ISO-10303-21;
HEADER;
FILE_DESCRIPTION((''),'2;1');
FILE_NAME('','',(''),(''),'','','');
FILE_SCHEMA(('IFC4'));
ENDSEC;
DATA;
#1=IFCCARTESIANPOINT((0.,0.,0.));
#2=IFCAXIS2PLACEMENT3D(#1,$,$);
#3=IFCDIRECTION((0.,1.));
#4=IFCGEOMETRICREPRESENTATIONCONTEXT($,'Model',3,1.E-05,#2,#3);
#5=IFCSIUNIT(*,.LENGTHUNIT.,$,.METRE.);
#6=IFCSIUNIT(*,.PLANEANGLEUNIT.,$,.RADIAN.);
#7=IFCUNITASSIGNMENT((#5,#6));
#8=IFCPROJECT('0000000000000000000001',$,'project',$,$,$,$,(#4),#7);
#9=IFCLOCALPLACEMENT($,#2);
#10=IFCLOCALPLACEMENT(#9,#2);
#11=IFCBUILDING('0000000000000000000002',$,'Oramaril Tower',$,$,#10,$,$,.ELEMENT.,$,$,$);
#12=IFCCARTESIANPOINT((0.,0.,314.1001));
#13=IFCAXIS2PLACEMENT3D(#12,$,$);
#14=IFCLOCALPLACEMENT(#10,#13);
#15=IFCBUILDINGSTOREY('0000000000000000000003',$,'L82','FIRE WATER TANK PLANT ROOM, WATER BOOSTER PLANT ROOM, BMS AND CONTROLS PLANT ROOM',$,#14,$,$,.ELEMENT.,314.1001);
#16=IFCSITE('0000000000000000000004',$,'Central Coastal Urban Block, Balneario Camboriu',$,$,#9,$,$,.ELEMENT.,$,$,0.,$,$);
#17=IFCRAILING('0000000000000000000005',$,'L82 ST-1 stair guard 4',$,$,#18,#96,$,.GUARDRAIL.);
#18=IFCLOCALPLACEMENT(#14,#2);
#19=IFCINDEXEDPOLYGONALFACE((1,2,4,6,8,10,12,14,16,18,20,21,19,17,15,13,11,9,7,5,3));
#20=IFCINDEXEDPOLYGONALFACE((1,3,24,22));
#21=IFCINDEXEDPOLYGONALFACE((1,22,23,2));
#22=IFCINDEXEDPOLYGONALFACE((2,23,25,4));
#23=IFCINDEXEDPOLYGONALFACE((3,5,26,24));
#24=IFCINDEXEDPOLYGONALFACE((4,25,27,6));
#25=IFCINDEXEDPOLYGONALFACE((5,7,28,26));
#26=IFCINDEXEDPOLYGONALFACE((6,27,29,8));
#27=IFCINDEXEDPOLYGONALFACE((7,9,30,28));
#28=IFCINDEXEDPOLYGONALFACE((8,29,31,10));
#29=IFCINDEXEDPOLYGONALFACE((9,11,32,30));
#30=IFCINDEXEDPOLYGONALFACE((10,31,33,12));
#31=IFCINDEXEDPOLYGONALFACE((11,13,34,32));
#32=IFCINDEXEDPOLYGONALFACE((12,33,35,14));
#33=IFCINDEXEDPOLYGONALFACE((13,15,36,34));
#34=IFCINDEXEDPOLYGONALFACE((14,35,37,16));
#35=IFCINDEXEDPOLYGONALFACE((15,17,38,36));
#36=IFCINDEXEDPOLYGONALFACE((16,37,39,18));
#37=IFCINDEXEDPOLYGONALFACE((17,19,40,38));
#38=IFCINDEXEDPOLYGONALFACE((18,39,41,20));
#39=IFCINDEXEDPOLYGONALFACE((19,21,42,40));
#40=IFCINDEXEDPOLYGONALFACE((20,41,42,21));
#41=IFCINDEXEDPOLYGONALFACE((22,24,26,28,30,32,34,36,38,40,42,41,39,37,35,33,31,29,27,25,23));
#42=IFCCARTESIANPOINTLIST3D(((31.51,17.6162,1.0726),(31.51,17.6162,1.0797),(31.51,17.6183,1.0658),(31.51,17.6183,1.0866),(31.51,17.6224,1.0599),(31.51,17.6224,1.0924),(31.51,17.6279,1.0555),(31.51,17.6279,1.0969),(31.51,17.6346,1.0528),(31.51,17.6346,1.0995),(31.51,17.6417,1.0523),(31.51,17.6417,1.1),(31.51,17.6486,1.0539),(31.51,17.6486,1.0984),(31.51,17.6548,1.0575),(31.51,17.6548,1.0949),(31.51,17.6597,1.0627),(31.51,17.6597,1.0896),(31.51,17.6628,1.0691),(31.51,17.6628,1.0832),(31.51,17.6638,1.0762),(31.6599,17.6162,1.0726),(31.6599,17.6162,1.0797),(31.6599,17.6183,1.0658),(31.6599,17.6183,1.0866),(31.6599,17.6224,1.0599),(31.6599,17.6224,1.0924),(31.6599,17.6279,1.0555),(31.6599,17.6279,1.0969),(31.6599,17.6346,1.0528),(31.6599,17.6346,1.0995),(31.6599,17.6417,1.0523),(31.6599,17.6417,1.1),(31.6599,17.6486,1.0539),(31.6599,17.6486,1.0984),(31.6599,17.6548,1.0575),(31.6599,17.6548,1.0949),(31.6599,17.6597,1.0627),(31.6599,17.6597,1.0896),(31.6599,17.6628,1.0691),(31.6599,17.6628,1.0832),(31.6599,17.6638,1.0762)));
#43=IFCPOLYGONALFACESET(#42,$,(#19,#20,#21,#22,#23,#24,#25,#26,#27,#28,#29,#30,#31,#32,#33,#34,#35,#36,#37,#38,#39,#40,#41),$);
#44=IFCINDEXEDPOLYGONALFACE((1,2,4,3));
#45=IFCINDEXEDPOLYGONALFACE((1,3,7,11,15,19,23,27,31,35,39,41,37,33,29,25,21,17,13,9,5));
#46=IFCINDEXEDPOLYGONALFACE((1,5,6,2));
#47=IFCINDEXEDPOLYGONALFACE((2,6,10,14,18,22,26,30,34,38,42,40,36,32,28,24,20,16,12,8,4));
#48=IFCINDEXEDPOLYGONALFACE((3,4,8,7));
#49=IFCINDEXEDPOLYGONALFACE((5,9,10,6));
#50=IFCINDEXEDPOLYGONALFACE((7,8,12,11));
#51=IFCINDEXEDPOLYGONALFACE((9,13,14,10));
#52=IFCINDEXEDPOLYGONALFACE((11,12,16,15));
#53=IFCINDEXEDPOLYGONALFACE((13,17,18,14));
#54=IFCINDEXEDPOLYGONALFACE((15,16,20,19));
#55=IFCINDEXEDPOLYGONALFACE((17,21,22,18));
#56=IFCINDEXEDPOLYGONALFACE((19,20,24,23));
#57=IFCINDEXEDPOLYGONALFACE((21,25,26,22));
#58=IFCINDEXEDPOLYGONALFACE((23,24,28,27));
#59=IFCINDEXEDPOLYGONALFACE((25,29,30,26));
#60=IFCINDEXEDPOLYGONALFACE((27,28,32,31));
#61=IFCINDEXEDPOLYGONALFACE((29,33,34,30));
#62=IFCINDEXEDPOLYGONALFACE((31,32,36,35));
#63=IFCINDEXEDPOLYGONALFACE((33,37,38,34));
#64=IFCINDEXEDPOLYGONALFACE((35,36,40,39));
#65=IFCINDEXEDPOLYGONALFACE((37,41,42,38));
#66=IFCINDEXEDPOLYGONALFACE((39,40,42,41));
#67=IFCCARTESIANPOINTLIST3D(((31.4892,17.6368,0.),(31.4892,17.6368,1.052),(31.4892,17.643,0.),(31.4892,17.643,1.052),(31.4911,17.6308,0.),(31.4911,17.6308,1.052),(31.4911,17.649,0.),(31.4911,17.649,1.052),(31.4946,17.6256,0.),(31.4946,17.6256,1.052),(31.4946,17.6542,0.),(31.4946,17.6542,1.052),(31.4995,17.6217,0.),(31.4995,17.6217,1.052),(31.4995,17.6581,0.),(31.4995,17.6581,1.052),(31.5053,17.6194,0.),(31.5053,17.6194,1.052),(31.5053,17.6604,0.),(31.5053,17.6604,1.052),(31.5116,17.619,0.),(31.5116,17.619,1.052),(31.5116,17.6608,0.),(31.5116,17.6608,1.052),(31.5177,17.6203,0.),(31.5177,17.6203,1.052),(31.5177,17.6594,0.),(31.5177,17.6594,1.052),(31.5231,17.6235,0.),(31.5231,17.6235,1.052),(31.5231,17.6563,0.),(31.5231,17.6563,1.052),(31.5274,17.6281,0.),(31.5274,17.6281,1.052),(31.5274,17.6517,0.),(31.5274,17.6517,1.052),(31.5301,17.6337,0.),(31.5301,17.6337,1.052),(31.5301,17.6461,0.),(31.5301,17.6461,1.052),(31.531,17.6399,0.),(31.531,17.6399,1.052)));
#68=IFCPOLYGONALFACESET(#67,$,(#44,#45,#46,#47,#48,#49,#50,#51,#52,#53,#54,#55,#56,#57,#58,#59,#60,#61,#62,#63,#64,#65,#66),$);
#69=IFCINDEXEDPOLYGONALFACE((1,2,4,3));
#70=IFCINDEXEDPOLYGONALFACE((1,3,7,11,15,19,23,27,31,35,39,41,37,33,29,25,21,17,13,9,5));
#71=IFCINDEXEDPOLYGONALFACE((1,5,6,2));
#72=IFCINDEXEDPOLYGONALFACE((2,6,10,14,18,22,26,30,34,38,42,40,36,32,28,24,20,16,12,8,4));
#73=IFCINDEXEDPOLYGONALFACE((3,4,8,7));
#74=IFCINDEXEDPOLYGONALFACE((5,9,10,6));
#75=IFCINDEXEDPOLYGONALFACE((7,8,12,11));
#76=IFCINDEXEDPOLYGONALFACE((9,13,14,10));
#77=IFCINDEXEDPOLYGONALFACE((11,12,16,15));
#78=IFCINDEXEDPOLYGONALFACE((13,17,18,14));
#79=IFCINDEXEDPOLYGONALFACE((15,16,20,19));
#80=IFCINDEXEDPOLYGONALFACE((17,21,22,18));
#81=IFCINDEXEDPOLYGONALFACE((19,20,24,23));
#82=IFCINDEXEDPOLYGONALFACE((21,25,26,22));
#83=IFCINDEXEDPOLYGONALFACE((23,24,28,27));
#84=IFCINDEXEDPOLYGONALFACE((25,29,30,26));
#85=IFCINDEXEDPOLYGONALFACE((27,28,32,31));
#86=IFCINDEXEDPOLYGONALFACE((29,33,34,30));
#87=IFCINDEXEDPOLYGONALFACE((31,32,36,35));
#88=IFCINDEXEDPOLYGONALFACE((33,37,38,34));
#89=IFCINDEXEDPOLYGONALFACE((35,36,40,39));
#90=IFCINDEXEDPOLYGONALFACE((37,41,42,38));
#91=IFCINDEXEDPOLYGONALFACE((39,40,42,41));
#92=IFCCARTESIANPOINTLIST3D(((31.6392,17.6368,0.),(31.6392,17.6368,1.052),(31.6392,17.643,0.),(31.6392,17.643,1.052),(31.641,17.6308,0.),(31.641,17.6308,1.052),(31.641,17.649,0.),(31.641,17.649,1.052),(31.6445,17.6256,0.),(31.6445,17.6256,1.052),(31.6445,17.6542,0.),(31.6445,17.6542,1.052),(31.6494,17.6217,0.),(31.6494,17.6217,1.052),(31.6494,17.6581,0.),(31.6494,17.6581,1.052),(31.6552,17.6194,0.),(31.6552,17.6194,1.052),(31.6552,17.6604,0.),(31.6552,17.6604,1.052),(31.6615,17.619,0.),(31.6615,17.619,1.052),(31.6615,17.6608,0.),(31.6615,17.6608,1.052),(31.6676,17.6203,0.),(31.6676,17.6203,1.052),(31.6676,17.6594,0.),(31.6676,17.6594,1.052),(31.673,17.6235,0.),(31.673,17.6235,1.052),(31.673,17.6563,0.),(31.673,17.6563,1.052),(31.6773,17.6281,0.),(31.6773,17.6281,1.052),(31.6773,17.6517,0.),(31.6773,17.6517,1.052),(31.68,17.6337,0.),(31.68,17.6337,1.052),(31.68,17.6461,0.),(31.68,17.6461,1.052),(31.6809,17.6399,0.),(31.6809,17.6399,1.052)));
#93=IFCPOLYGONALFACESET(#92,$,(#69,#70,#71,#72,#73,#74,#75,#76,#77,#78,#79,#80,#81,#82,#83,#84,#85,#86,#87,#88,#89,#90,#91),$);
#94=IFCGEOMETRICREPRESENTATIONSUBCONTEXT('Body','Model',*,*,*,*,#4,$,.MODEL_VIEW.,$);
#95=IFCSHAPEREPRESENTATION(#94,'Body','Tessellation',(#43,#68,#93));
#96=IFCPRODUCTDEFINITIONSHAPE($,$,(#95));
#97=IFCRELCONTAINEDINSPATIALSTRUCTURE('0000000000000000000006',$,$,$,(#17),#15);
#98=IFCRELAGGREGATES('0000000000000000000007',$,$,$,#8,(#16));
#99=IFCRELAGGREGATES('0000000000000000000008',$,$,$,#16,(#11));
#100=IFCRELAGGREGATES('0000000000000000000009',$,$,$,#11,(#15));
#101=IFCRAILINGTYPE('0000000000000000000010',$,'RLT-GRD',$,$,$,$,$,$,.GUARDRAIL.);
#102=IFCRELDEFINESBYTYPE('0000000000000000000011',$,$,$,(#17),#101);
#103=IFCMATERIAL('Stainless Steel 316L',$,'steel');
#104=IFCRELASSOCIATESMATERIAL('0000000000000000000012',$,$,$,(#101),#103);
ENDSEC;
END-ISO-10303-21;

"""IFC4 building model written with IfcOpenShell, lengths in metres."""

from ifc_helpers import new_model, si_unit, direction, frame, origin, origin_2d, place, context, subcontext, project, spatial, circle, extrude, material, type_object, element, save


model = new_model("IFC4")

# Units and contexts
model_context = context("Model", 3, precision=1e-05, world=origin(), true_north=direction((0.0, 1.0)))
body_context = subcontext(model_context, "Body", "Model", "MODEL_VIEW")
ifc_project = project(units=[si_unit("LENGTHUNIT", "METRE"), si_unit("PLANEANGLEUNIT", "RADIAN")], contexts=[model_context])

# Site, building, storey
site_placement = place(None, origin())
site = spatial("IfcSite", under=ifc_project, at=site_placement, Name="Central Coastal Urban Block, Balneario Camboriu", CompositionType="ELEMENT", RefElevation=0.0)
building_placement = place(site_placement, origin())
building = spatial("IfcBuilding", under=site, at=building_placement, Name="Oramaril Tower", CompositionType="ELEMENT")
storey_placement = place(building_placement, frame((0.0, 0.0, 314.1001)))
storey = spatial("IfcBuildingStorey", under=building, at=storey_placement, Name="L82", Description="FIRE WATER TANK PLANT ROOM, WATER BOOSTER PLANT ROOM, BMS AND CONTROLS PLANT ROOM", CompositionType="ELEMENT", Elevation=314.1001)

# Railing
ifc_material_1 = material(Name="Stainless Steel 316L", Category="steel")
railing_type_1 = type_object("IfcRailingType", Name="RLT-GRD", PredefinedType="GUARDRAIL", material=ifc_material_1)
railing_1_placement = place(storey_placement, frame((31.51, 17.6399, 0.0)))
element("IfcRailing", 1, at=railing_1_placement, inside=storey, type_object=railing_type_1, Name="L82 ST-1 stair guard 4", PredefinedType="GUARDRAIL", context=body_context, shape_type="SweptSolid", body=[
    extrude(circle(Radius=0.0239, at=origin_2d()), frame((0.0, 0.0, 1.0762), z_axis=(1.0, 0.0, 0.0), x_axis=(0.0, 1.0, 0.0)), (0.0, 0.0, 1.0), 0.1499),
    extrude(circle(Radius=0.021, at=origin_2d()), origin(), (0.0, 0.0, 1.0), 1.052),
    extrude(circle(Radius=0.021, at=origin_2d()), frame((0.1499, 0.0, 0.0)), (0.0, 0.0, 1.0), 1.052),
])

save(model, "model.ifc")
